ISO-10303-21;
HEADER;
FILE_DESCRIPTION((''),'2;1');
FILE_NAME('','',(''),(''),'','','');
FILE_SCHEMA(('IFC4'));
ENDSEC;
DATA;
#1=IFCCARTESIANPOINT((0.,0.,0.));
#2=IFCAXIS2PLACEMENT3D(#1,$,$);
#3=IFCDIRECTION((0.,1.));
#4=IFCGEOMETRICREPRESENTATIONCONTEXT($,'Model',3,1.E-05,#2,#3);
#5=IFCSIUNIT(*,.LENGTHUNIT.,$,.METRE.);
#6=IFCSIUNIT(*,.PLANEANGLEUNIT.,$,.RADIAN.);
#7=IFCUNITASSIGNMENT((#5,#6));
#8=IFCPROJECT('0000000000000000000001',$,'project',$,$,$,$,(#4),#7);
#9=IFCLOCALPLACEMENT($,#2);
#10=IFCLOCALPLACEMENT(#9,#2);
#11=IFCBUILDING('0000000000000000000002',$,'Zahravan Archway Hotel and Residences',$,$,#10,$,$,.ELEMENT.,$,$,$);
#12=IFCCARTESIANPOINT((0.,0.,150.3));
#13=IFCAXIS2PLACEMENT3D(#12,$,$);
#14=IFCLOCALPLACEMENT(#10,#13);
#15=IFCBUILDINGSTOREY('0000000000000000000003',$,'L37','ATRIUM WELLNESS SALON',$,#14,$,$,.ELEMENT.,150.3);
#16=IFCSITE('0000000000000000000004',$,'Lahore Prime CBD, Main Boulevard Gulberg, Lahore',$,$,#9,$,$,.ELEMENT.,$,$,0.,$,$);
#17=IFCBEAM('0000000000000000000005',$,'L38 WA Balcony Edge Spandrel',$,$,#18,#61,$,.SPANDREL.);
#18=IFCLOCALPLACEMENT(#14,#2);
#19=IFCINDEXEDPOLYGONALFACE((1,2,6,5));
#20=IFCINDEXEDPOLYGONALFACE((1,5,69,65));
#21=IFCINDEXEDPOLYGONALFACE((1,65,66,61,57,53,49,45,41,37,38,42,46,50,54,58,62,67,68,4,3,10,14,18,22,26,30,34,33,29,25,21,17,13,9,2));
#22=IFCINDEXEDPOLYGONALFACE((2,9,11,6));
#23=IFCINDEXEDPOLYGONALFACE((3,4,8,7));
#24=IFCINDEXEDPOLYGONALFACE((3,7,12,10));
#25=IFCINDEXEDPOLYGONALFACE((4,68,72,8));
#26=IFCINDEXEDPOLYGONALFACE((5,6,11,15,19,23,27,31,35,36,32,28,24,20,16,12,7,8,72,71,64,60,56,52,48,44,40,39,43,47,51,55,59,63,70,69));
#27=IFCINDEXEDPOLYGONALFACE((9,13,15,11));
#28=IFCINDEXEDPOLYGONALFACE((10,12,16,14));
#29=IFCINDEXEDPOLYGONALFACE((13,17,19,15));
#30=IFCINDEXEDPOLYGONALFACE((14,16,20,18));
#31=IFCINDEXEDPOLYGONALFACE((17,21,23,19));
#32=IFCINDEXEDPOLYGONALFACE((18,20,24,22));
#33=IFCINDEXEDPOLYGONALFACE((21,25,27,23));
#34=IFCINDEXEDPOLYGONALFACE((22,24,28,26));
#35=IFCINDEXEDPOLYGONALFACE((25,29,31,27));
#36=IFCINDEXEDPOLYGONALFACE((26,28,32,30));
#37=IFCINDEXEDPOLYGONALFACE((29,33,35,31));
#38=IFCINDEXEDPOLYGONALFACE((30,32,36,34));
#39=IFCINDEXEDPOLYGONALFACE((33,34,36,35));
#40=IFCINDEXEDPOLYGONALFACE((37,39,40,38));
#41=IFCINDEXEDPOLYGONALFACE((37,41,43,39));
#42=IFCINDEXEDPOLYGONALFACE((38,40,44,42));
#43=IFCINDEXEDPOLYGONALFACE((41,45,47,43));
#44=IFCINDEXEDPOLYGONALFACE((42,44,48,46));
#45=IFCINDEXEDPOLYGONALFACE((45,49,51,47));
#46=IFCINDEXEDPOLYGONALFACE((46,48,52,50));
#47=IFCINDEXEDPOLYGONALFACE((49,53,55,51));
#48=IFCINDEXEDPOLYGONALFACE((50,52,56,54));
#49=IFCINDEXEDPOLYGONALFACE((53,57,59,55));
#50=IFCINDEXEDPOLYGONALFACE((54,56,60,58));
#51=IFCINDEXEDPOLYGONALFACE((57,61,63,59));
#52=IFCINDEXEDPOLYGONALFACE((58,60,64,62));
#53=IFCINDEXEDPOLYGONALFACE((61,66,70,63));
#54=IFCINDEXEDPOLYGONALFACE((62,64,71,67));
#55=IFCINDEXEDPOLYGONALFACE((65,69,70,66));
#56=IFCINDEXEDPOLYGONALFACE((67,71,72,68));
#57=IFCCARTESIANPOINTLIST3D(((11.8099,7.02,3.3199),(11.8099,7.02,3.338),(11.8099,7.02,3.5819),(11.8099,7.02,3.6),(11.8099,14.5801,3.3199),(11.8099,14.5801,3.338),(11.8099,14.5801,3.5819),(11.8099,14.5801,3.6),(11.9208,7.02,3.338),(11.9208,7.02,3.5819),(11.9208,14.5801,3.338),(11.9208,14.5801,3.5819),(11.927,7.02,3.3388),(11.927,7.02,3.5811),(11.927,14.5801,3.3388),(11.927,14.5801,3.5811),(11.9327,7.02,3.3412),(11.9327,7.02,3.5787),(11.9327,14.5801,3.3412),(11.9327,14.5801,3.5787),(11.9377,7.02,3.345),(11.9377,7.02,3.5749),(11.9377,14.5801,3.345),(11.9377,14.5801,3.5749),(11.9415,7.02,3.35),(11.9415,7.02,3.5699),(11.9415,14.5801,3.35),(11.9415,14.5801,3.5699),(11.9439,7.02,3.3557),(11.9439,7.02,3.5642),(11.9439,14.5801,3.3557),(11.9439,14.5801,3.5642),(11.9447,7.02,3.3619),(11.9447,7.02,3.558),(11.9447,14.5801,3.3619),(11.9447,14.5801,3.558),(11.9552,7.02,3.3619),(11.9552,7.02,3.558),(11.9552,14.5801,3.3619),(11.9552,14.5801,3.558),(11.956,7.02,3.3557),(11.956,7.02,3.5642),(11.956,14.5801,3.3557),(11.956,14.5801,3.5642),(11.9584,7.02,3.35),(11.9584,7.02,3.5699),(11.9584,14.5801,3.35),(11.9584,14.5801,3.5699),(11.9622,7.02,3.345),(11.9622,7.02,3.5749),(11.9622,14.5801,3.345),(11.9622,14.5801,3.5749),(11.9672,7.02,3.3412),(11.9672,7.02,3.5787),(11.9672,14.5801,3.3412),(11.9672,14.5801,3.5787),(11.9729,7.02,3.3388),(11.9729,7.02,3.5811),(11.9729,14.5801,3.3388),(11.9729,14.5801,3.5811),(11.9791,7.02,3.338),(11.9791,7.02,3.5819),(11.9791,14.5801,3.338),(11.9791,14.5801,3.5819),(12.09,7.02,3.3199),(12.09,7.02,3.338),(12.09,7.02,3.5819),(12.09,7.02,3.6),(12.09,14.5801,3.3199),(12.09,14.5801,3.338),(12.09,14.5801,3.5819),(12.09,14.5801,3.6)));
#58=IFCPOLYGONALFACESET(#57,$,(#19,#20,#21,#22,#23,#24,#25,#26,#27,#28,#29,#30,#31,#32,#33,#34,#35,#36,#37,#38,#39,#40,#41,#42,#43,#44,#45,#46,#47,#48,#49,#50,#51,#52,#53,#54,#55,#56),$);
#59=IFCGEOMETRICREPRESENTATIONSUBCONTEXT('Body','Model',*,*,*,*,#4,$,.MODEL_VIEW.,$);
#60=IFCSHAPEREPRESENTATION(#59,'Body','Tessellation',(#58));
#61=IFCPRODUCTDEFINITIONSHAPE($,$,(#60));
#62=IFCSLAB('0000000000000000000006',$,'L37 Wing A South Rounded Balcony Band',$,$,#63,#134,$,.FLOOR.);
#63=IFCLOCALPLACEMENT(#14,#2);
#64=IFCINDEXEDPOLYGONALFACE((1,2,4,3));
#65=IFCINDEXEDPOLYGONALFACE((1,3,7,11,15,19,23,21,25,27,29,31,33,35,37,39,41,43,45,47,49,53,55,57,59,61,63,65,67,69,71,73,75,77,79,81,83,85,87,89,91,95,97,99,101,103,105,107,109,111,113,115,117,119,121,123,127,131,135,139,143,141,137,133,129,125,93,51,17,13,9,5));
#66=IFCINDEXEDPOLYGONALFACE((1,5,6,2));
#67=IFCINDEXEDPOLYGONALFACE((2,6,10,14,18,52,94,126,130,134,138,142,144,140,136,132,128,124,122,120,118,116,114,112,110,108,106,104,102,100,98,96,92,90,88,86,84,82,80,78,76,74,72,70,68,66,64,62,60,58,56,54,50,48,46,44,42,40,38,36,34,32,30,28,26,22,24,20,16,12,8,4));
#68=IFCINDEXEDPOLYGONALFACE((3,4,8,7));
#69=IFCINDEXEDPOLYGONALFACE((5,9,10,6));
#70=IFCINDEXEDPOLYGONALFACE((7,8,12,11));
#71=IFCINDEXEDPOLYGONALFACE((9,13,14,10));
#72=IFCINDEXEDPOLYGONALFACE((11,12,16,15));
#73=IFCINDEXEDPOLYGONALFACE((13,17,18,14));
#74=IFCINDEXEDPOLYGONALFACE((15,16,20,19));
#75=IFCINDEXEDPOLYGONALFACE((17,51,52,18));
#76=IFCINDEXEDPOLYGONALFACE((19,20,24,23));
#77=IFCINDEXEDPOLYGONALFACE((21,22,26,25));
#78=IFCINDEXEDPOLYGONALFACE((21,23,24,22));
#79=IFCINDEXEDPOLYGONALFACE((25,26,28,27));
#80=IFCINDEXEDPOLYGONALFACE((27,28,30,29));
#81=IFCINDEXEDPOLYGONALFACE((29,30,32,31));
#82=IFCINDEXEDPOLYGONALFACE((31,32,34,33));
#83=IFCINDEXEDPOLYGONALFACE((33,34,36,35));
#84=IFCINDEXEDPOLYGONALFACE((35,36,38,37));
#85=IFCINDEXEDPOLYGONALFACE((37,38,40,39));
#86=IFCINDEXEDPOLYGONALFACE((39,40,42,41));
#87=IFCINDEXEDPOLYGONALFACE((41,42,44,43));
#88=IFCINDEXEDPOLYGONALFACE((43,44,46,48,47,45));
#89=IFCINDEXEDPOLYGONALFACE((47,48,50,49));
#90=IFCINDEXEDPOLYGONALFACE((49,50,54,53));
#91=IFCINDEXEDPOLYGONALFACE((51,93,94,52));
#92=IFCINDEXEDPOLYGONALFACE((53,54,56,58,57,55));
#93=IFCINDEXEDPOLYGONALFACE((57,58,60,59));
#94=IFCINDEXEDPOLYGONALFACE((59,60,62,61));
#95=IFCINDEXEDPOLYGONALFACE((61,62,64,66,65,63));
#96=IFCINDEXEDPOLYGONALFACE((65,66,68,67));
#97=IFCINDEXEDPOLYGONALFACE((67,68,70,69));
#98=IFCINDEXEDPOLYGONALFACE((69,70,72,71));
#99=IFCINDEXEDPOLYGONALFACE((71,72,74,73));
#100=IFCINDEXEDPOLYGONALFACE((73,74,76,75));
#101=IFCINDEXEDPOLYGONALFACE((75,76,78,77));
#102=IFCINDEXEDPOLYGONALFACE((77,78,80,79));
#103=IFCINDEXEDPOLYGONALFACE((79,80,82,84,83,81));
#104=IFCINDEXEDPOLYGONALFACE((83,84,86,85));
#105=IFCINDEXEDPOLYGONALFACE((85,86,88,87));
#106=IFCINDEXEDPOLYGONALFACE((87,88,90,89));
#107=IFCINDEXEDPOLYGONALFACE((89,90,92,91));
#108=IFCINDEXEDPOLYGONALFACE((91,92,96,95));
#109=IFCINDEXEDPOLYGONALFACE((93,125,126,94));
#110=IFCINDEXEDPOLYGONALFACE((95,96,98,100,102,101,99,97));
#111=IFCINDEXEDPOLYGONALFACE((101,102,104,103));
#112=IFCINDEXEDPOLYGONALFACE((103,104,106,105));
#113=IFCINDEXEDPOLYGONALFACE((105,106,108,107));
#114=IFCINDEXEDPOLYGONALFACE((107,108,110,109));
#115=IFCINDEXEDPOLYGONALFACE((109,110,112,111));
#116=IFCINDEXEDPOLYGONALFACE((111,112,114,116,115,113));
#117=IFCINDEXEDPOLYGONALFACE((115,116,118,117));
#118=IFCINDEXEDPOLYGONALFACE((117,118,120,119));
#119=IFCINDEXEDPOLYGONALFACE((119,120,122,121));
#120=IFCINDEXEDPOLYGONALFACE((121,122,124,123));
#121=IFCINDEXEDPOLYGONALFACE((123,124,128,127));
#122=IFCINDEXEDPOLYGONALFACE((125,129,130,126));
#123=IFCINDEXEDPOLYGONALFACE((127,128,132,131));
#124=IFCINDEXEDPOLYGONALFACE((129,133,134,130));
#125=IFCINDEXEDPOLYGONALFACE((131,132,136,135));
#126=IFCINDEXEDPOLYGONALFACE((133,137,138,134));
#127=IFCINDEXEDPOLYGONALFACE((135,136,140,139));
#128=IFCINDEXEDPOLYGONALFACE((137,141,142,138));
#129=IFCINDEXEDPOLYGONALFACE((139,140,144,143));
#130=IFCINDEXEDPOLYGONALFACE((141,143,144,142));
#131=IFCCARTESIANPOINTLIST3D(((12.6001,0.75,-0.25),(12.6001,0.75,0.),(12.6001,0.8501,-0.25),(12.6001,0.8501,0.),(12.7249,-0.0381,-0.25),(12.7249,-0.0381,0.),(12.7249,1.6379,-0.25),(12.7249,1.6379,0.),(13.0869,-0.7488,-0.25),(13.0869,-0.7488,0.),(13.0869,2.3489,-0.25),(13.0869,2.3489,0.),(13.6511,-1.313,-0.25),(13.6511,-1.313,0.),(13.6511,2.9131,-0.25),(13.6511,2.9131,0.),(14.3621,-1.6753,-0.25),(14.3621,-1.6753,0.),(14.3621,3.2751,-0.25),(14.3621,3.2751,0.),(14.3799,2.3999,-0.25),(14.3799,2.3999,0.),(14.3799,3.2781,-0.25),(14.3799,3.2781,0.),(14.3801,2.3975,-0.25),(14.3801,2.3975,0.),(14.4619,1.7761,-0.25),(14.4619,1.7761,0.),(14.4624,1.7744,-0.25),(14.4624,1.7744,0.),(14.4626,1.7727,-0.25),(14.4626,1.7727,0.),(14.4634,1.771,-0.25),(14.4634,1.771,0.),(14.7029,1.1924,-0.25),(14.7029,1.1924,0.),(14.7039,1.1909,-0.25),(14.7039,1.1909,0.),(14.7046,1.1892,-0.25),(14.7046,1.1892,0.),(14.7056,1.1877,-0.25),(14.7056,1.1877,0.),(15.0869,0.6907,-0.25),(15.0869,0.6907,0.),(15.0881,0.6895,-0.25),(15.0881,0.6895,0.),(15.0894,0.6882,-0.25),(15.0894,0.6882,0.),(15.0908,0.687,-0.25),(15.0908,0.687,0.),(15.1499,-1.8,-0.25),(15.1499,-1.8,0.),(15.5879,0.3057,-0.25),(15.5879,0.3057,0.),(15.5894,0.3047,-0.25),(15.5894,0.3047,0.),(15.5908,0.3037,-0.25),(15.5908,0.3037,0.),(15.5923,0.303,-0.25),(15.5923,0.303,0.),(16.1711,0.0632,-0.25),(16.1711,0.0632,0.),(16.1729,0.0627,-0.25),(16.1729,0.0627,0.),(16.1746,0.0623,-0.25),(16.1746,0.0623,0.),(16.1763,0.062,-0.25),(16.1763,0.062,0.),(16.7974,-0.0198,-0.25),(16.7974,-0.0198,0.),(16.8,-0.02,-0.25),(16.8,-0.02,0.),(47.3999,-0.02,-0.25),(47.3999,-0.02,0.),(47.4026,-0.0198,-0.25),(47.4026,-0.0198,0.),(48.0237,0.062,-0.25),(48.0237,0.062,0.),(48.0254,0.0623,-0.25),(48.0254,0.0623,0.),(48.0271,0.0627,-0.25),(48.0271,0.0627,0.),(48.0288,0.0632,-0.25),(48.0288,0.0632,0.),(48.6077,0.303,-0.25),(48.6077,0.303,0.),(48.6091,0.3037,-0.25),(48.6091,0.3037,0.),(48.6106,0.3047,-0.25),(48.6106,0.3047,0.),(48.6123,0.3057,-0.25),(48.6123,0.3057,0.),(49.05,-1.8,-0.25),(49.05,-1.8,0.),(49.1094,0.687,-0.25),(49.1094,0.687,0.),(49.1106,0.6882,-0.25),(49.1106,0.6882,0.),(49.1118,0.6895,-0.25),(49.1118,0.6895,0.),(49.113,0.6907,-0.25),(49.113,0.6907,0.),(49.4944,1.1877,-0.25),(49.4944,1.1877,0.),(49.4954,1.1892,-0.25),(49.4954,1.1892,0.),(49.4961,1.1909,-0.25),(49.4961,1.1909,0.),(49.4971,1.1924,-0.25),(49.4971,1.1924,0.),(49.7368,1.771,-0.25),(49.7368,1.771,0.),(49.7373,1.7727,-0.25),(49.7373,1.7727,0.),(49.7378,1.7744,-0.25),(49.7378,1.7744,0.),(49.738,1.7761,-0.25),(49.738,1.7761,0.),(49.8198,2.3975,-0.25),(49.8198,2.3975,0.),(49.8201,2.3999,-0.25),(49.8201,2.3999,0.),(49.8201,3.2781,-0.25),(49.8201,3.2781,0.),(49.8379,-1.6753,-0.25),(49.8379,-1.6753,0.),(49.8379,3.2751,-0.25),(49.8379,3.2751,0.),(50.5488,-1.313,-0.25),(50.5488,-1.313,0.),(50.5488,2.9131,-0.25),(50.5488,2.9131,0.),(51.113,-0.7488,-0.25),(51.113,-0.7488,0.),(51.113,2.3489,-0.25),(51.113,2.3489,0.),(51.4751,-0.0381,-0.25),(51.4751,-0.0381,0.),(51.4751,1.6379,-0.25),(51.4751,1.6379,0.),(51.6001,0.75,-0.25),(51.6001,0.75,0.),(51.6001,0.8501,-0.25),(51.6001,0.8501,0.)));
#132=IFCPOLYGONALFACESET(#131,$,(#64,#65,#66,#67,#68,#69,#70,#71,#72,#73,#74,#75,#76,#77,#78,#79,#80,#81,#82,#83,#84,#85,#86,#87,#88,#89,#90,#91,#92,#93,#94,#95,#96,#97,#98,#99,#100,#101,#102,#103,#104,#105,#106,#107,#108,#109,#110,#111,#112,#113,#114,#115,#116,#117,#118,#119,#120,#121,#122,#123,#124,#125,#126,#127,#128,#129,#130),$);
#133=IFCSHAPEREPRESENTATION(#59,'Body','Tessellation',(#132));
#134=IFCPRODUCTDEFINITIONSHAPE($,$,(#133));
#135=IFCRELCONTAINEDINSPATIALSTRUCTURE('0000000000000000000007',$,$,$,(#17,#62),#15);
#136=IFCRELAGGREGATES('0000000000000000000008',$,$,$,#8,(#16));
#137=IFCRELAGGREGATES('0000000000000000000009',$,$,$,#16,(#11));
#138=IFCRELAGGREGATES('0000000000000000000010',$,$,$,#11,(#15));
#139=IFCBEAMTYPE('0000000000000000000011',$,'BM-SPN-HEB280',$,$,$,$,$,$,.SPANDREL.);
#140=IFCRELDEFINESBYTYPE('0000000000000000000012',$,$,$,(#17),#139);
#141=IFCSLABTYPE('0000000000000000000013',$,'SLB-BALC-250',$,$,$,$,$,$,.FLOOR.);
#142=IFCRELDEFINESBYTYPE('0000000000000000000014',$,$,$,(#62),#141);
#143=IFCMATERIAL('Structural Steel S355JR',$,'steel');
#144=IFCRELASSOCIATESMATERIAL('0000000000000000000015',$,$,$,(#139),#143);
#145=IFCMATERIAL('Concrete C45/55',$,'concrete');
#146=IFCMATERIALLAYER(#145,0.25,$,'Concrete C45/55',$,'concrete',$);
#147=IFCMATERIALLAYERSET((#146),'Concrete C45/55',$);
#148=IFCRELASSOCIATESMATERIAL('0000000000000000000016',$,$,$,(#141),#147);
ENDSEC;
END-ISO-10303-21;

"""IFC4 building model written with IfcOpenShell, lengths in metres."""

from ifc_helpers import new_model, si_unit, direction, frame, origin, origin_2d, place, context, subcontext, project, spatial, polyline, i_section, outline, extrude, source, transform, mapped, material, layer, layer_set, material_profile, profile_set, type_object, type_shapes, element, save


model = new_model("IFC4")

# Units and contexts
model_context = context("Model", 3, precision=1e-05, world=origin(), true_north=direction((0.0, 1.0)))
body_context = subcontext(model_context, "Body", "Model", "MODEL_VIEW")
ifc_project = project(units=[si_unit("LENGTHUNIT", "METRE"), si_unit("PLANEANGLEUNIT", "RADIAN")], contexts=[model_context])

# Site, building, storey
site_placement = place(None, origin())
site = spatial("IfcSite", under=ifc_project, at=site_placement, Name="Lahore Prime CBD, Main Boulevard Gulberg, Lahore", CompositionType="ELEMENT", RefElevation=0.0)
building_placement = place(site_placement, origin())
building = spatial("IfcBuilding", under=site, at=building_placement, Name="Zahravan Archway Hotel and Residences", CompositionType="ELEMENT")
storey_placement = place(building_placement, frame((0.0, 0.0, 150.3)))
storey = spatial("IfcBuildingStorey", under=building, at=storey_placement, Name="L37", Description="ATRIUM WELLNESS SALON", CompositionType="ELEMENT", Elevation=150.3)

# Beam
ifc_material_1 = material(Name="Structural Steel S355JR", Category="steel")
ifc_material_profile = material_profile(ifc_material_1, i_section(OverallWidth=0.28, OverallDepth=0.28, WebThickness=0.0105, FlangeThickness=0.0181, FilletRadius=0.0239, at=origin_2d()), Name="HEB 280", Category="steel")
ifc_profile_set = profile_set([ifc_material_profile], Name="Structural Steel S355JR")
beam_type = type_object("IfcBeamType", Name="BM-SPN-HEB280", PredefinedType="SPANDREL", material=ifc_profile_set)
shared_shape = source(origin(), body_context, "Body", "SweptSolid", [
    extrude(i_section(OverallWidth=0.28, OverallDepth=0.28, WebThickness=0.0105, FlangeThickness=0.0181, FilletRadius=0.0239, at=origin_2d()), origin(), (0.0, 0.0, 1.0), 7.5601),
])
type_shapes(beam_type, [shared_shape])
beam_placement = place(storey_placement, frame((11.95, 7.02, 3.46), z_axis=(0.0, 1.0, 0.0), x_axis=(-1.0, 0.0, 0.0)))
element("IfcBeam", 1, at=beam_placement, inside=storey, type_object=beam_type, Name="L38 WA Balcony Edge Spandrel", PredefinedType="SPANDREL", context=body_context, shape_type="MappedRepresentation", body=[
    mapped(shared_shape, transform((0.0, 0.0, 0.0), scale=1.0)),
])

# Slab
ifc_material_2 = material(Name="Concrete C45/55", Category="concrete")
ifc_layer_1 = layer(ifc_material_2, 0.25, Name="Concrete C45/55", Category="concrete")
ifc_layer_set_1 = layer_set([ifc_layer_1], Name="Concrete C45/55")
slab_type_1 = type_object("IfcSlabType", Name="SLB-BALC-250", PredefinedType="FLOOR", material=ifc_layer_set_1)
slab_1_placement = place(storey_placement, frame((0.0, 0.0, -0.25)))
element("IfcSlab", 2, at=slab_1_placement, inside=storey, type_object=slab_type_1, Name="L37 Wing A South Rounded Balcony Band", PredefinedType="FLOOR", context=body_context, shape_type="SweptSolid", body=[
    extrude(outline(polyline([(49.8379, 3.2751), (50.5488, 2.9131), (51.113, 2.3489), (51.4751, 1.6379), (51.6001, 0.8501), (51.6001, 0.75), (51.4751, -0.0381), (51.113, -0.7488), (50.5488, -1.313), (49.8379, -1.6753), (49.05, -1.8), (15.1499, -1.8), (14.3621, -1.6753), (13.6511, -1.313), (13.0869, -0.7488), (12.7249, -0.0381), (12.6001, 0.75), (12.6001, 0.8501), (12.7249, 1.6379), (13.0869, 2.3489), (13.6511, 2.9131), (14.3621, 3.2751), (14.3799, 3.2781), (14.3799, 2.3999), (14.3801, 2.3975), (14.4619, 1.7761), (14.4624, 1.7744), (14.4626, 1.7727), (14.4634, 1.771), (14.7029, 1.1924), (14.7039, 1.1909), (14.7046, 1.1892), (14.7056, 1.1877), (15.0869, 0.6907), (15.0881, 0.6895), (15.0894, 0.6882), (15.0908, 0.687), (15.5879, 0.3057), (15.5894, 0.3047), (15.5908, 0.3037), (15.5923, 0.303), (16.1711, 0.0632), (16.1729, 0.0627), (16.1746, 0.0623), (16.1763, 0.062), (16.7974, -0.0198), (16.8, -0.02), (47.3999, -0.02), (47.4026, -0.0198), (48.0237, 0.062), (48.0254, 0.0623), (48.0271, 0.0627), (48.0288, 0.0632), (48.6077, 0.303), (48.6091, 0.3037), (48.6106, 0.3047), (48.6123, 0.3057), (49.1094, 0.687), (49.1106, 0.6882), (49.1118, 0.6895), (49.113, 0.6907), (49.4944, 1.1877), (49.4954, 1.1892), (49.4961, 1.1909), (49.4971, 1.1924), (49.7368, 1.771), (49.7373, 1.7727), (49.7378, 1.7744), (49.738, 1.7761), (49.8198, 2.3975), (49.8201, 2.3999), (49.8201, 3.2781), (49.8379, 3.2751)])), origin(), (0.0, 0.0, 1.0), 0.25),
])

save(model, "model.ifc")
